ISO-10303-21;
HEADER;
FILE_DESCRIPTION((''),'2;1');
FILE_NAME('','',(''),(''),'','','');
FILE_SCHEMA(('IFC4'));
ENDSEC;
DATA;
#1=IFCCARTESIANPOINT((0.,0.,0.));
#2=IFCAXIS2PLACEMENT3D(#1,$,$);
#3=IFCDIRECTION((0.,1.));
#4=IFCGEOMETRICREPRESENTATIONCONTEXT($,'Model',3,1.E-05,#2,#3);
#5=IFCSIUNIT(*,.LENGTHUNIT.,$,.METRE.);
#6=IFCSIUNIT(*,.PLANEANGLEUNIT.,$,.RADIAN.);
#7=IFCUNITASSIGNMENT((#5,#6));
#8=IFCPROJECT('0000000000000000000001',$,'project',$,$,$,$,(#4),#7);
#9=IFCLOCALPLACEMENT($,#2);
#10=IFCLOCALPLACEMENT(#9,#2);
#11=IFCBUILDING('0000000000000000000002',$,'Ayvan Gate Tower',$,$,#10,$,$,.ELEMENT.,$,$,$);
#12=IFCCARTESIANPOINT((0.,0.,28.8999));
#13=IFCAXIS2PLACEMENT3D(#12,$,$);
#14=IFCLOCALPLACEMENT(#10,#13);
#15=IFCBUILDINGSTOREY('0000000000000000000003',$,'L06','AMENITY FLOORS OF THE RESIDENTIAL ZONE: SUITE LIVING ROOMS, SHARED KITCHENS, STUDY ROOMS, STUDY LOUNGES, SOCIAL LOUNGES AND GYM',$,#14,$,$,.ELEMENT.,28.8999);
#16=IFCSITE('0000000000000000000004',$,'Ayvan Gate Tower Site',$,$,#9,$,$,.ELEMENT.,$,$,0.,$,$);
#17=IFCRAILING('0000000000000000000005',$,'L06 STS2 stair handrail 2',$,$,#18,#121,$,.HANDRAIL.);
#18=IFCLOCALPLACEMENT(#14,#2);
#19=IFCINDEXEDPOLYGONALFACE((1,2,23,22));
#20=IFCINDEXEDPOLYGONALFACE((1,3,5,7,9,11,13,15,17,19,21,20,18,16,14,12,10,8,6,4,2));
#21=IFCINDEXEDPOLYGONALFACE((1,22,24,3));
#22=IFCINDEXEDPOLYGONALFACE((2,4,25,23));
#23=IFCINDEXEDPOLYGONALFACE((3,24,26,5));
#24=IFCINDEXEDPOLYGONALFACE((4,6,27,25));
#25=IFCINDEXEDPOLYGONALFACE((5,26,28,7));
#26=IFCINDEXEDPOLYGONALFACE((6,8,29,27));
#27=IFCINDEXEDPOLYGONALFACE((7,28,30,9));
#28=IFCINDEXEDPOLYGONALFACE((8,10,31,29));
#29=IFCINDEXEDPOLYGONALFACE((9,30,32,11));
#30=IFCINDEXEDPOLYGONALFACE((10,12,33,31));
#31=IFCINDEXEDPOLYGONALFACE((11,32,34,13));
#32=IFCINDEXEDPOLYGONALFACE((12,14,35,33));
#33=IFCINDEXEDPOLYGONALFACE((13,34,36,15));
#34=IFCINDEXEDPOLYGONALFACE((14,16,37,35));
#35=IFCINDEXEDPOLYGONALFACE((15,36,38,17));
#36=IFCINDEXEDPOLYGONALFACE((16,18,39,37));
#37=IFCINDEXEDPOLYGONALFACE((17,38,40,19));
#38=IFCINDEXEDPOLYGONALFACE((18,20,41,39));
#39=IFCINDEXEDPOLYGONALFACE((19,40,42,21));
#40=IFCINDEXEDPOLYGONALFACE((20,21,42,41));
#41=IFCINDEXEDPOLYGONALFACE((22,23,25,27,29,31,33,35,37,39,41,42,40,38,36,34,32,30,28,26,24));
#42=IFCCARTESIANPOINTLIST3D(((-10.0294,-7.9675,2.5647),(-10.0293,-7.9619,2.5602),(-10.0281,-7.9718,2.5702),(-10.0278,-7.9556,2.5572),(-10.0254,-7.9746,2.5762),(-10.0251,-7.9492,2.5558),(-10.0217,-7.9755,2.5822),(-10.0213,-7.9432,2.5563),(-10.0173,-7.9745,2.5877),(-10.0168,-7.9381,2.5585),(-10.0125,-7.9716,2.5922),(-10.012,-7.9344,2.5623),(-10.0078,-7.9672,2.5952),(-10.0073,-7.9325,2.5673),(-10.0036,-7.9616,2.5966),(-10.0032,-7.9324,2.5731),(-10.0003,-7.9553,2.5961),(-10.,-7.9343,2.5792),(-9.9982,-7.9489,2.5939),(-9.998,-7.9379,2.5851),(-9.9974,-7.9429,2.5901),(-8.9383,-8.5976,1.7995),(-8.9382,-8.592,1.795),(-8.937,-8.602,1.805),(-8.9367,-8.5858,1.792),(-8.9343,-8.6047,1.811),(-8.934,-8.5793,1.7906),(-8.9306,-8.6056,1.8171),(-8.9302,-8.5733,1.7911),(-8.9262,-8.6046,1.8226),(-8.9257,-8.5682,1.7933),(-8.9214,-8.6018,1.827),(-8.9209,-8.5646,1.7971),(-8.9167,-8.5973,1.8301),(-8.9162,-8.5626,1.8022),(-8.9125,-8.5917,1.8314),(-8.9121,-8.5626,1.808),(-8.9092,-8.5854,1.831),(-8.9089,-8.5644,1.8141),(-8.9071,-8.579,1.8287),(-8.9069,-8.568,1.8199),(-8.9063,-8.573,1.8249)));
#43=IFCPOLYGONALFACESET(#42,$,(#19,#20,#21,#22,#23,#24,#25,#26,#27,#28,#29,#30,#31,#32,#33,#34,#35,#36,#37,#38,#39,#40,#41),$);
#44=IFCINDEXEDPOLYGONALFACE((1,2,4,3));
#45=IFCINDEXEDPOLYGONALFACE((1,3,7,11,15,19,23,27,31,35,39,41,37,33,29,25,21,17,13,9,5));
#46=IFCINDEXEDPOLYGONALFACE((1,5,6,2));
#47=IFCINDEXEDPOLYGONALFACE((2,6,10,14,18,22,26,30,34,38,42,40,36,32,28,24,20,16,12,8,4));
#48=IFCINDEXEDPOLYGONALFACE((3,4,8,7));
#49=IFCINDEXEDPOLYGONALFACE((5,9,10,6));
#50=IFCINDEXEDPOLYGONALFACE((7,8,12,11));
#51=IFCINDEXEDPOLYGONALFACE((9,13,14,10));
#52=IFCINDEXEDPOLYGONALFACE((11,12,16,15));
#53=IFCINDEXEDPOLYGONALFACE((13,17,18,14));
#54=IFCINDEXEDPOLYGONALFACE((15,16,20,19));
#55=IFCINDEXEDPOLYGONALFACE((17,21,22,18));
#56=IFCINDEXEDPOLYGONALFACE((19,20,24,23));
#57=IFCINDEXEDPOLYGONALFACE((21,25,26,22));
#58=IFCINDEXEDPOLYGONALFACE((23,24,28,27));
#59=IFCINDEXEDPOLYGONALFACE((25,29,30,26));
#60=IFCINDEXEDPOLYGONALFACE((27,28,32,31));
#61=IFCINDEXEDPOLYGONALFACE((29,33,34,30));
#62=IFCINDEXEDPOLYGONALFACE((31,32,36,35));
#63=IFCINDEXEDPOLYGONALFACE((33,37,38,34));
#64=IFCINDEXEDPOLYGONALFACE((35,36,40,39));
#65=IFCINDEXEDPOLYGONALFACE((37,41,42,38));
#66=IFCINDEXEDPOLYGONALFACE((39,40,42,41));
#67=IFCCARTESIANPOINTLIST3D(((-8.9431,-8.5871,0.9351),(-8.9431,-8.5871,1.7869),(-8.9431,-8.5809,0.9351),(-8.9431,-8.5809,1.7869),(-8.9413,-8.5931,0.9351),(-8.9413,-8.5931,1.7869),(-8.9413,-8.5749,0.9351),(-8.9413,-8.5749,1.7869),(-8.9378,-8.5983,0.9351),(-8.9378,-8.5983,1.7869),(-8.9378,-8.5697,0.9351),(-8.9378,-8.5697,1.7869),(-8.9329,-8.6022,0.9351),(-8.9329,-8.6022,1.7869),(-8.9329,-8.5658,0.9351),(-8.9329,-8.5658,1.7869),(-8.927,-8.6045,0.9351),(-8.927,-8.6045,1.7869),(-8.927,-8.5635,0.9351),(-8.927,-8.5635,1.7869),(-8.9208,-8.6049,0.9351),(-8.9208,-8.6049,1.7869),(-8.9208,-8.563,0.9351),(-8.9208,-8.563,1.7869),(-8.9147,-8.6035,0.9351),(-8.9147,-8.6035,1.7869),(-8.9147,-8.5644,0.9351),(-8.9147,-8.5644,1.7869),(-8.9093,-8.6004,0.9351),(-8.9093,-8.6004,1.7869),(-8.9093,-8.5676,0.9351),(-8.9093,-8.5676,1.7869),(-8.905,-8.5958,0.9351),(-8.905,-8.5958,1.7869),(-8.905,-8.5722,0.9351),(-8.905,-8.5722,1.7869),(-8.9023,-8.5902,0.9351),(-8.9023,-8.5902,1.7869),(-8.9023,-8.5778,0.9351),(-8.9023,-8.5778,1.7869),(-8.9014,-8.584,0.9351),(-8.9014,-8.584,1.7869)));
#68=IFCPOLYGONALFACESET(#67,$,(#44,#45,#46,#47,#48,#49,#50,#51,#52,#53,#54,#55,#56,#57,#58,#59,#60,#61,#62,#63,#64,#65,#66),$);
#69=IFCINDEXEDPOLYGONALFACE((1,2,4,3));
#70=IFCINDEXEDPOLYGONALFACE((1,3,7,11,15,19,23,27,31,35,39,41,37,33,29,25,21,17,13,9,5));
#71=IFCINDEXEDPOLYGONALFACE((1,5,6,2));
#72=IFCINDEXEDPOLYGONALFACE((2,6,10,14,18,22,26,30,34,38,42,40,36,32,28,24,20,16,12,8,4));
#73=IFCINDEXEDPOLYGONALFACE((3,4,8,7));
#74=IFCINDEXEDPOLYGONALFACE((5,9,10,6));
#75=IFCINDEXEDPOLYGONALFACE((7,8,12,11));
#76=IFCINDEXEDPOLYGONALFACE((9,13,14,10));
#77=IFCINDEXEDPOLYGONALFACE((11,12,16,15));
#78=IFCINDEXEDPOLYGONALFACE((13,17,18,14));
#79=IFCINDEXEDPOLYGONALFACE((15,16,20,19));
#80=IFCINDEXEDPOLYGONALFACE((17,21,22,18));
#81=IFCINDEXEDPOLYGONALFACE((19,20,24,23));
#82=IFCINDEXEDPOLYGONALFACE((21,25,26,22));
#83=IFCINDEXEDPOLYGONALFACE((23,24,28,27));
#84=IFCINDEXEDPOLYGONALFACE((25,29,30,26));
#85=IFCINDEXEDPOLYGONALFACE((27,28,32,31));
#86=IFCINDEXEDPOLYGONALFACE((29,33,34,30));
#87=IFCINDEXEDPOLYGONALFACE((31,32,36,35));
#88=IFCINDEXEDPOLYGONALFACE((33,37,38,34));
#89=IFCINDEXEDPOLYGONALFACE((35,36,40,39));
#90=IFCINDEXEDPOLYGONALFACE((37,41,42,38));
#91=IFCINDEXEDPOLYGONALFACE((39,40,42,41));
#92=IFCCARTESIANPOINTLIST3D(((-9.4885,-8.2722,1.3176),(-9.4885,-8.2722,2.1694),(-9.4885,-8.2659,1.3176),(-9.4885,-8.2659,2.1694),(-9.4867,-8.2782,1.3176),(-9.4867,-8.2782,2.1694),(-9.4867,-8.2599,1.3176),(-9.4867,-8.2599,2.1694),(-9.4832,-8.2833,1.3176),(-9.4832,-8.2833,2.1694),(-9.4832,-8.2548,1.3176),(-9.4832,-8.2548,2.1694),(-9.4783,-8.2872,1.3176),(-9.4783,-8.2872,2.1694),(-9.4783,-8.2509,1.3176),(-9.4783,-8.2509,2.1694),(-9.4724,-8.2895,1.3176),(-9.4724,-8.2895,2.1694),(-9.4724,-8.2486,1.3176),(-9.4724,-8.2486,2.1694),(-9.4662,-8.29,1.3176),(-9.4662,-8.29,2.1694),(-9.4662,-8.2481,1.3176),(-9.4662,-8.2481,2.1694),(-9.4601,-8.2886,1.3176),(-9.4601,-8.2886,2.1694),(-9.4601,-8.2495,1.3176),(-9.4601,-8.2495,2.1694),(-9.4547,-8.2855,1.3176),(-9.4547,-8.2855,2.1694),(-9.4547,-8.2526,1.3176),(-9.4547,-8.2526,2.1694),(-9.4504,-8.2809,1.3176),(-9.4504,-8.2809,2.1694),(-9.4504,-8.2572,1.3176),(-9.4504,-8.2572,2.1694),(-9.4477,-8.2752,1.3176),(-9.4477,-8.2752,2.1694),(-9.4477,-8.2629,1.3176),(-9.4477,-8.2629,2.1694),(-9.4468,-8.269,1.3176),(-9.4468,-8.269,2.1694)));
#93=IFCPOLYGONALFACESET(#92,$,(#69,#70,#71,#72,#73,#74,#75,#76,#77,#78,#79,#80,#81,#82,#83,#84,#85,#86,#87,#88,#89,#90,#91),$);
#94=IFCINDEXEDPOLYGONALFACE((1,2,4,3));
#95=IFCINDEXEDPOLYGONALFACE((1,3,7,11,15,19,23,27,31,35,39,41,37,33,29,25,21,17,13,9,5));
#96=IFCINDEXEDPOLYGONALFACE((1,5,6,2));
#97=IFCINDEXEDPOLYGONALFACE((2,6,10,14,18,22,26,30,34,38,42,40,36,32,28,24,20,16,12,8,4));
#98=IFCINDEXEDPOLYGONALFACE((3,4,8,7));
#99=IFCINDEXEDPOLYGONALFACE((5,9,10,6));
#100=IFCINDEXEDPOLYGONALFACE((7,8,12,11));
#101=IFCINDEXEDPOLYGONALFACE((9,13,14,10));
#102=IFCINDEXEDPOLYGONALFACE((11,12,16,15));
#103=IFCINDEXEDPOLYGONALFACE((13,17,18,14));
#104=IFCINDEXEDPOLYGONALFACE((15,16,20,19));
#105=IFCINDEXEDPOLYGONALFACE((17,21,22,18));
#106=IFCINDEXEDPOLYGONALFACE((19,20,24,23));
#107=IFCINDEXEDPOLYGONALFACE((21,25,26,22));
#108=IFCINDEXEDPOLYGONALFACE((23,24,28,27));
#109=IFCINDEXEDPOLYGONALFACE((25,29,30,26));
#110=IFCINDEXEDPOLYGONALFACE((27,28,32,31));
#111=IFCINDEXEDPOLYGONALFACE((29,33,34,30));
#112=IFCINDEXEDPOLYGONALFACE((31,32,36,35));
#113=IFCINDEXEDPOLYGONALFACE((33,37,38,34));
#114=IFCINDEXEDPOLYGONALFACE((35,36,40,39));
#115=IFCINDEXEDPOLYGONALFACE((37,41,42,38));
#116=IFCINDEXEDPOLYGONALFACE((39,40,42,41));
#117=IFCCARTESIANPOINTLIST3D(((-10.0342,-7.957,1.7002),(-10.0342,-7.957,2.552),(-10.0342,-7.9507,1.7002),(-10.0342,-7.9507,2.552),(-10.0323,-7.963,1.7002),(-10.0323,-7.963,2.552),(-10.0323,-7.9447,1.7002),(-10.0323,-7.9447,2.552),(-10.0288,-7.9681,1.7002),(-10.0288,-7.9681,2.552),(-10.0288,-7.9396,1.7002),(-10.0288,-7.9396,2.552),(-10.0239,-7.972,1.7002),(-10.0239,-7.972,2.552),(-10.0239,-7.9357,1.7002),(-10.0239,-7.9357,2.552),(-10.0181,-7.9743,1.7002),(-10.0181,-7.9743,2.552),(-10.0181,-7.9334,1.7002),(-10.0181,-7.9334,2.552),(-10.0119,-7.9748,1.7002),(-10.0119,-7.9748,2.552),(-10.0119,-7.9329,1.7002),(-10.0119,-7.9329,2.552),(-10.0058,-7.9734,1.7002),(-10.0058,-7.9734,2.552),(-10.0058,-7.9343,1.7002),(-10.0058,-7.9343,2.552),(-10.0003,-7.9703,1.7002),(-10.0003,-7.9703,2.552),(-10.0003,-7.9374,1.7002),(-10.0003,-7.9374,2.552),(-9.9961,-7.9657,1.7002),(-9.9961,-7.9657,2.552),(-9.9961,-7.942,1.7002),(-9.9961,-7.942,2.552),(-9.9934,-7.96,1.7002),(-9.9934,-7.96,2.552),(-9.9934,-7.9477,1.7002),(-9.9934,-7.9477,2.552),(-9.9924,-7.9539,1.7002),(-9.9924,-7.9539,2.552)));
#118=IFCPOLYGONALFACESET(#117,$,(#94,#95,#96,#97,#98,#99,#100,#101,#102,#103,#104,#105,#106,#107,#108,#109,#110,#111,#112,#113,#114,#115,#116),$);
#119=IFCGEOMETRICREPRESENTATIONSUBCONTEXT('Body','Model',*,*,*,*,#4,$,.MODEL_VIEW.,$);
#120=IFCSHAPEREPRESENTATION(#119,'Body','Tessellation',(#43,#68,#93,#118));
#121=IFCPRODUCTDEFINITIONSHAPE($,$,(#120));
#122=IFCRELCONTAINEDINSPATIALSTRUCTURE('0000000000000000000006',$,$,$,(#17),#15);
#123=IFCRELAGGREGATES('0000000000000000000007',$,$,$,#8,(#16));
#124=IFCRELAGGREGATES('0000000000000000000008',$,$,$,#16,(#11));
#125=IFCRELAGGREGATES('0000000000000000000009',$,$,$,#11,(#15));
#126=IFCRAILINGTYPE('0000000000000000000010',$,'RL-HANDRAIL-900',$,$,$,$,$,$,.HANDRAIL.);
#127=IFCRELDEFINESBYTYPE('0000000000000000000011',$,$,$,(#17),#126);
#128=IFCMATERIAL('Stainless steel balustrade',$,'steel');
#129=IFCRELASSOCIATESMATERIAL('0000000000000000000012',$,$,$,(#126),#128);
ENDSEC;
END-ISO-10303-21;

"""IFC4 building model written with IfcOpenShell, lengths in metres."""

from ifc_helpers import new_model, si_unit, direction, frame, origin, origin_2d, place, context, subcontext, project, spatial, circle, extrude, material, type_object, element, save


model = new_model("IFC4")

# Units and contexts
model_context = context("Model", 3, precision=1e-05, world=origin(), true_north=direction((0.0, 1.0)))
body_context = subcontext(model_context, "Body", "Model", "MODEL_VIEW")
ifc_project = project(units=[si_unit("LENGTHUNIT", "METRE"), si_unit("PLANEANGLEUNIT", "RADIAN")], contexts=[model_context])

# Site, building, storey
site_placement = place(None, origin())
site = spatial("IfcSite", under=ifc_project, at=site_placement, Name="Ayvan Gate Tower Site", CompositionType="ELEMENT", RefElevation=0.0)
building_placement = place(site_placement, origin())
building = spatial("IfcBuilding", under=site, at=building_placement, Name="Ayvan Gate Tower", CompositionType="ELEMENT")
storey_placement = place(building_placement, frame((0.0, 0.0, 28.8999)))
storey = spatial("IfcBuildingStorey", under=building, at=storey_placement, Name="L06", Description="AMENITY FLOORS OF THE RESIDENTIAL ZONE: SUITE LIVING ROOMS, SHARED KITCHENS, STUDY ROOMS, STUDY LOUNGES, SOCIAL LOUNGES AND GYM", CompositionType="ELEMENT", Elevation=28.8999)

# Railing
ifc_material_1 = material(Name="Stainless steel balustrade", Category="steel")
railing_type_1 = type_object("IfcRailingType", Name="RL-HANDRAIL-900", PredefinedType="HANDRAIL", material=ifc_material_1)
railing_1_placement = place(storey_placement, frame((-8.9224, -8.584, 0.9351)))
element("IfcRailing", 1, at=railing_1_placement, inside=storey, type_object=railing_type_1, Name="L06 STS2 stair handrail 2", PredefinedType="HANDRAIL", context=body_context, shape_type="SweptSolid", body=[
    extrude(circle(Radius=0.0239, at=origin_2d()), frame((0.0, 0.0, 0.876), z_axis=(-0.740166, 0.427471, 0.51906), x_axis=(-0.500119, -0.865956, 0.0)), (0.0, 0.0, 1.0), 1.4741),
    extrude(circle(Radius=0.021, at=origin_2d()), origin(), (0.0, 0.0, 1.0), 0.8518),
    extrude(circle(Radius=0.021, at=origin_2d()), frame((-0.5454, 0.3149, 0.3826)), (0.0, 0.0, 1.0), 0.8518),
    extrude(circle(Radius=0.021, at=origin_2d()), frame((-1.0911, 0.6301, 0.7651)), (0.0, 0.0, 1.0), 0.8518),
])

save(model, "model.ifc")
